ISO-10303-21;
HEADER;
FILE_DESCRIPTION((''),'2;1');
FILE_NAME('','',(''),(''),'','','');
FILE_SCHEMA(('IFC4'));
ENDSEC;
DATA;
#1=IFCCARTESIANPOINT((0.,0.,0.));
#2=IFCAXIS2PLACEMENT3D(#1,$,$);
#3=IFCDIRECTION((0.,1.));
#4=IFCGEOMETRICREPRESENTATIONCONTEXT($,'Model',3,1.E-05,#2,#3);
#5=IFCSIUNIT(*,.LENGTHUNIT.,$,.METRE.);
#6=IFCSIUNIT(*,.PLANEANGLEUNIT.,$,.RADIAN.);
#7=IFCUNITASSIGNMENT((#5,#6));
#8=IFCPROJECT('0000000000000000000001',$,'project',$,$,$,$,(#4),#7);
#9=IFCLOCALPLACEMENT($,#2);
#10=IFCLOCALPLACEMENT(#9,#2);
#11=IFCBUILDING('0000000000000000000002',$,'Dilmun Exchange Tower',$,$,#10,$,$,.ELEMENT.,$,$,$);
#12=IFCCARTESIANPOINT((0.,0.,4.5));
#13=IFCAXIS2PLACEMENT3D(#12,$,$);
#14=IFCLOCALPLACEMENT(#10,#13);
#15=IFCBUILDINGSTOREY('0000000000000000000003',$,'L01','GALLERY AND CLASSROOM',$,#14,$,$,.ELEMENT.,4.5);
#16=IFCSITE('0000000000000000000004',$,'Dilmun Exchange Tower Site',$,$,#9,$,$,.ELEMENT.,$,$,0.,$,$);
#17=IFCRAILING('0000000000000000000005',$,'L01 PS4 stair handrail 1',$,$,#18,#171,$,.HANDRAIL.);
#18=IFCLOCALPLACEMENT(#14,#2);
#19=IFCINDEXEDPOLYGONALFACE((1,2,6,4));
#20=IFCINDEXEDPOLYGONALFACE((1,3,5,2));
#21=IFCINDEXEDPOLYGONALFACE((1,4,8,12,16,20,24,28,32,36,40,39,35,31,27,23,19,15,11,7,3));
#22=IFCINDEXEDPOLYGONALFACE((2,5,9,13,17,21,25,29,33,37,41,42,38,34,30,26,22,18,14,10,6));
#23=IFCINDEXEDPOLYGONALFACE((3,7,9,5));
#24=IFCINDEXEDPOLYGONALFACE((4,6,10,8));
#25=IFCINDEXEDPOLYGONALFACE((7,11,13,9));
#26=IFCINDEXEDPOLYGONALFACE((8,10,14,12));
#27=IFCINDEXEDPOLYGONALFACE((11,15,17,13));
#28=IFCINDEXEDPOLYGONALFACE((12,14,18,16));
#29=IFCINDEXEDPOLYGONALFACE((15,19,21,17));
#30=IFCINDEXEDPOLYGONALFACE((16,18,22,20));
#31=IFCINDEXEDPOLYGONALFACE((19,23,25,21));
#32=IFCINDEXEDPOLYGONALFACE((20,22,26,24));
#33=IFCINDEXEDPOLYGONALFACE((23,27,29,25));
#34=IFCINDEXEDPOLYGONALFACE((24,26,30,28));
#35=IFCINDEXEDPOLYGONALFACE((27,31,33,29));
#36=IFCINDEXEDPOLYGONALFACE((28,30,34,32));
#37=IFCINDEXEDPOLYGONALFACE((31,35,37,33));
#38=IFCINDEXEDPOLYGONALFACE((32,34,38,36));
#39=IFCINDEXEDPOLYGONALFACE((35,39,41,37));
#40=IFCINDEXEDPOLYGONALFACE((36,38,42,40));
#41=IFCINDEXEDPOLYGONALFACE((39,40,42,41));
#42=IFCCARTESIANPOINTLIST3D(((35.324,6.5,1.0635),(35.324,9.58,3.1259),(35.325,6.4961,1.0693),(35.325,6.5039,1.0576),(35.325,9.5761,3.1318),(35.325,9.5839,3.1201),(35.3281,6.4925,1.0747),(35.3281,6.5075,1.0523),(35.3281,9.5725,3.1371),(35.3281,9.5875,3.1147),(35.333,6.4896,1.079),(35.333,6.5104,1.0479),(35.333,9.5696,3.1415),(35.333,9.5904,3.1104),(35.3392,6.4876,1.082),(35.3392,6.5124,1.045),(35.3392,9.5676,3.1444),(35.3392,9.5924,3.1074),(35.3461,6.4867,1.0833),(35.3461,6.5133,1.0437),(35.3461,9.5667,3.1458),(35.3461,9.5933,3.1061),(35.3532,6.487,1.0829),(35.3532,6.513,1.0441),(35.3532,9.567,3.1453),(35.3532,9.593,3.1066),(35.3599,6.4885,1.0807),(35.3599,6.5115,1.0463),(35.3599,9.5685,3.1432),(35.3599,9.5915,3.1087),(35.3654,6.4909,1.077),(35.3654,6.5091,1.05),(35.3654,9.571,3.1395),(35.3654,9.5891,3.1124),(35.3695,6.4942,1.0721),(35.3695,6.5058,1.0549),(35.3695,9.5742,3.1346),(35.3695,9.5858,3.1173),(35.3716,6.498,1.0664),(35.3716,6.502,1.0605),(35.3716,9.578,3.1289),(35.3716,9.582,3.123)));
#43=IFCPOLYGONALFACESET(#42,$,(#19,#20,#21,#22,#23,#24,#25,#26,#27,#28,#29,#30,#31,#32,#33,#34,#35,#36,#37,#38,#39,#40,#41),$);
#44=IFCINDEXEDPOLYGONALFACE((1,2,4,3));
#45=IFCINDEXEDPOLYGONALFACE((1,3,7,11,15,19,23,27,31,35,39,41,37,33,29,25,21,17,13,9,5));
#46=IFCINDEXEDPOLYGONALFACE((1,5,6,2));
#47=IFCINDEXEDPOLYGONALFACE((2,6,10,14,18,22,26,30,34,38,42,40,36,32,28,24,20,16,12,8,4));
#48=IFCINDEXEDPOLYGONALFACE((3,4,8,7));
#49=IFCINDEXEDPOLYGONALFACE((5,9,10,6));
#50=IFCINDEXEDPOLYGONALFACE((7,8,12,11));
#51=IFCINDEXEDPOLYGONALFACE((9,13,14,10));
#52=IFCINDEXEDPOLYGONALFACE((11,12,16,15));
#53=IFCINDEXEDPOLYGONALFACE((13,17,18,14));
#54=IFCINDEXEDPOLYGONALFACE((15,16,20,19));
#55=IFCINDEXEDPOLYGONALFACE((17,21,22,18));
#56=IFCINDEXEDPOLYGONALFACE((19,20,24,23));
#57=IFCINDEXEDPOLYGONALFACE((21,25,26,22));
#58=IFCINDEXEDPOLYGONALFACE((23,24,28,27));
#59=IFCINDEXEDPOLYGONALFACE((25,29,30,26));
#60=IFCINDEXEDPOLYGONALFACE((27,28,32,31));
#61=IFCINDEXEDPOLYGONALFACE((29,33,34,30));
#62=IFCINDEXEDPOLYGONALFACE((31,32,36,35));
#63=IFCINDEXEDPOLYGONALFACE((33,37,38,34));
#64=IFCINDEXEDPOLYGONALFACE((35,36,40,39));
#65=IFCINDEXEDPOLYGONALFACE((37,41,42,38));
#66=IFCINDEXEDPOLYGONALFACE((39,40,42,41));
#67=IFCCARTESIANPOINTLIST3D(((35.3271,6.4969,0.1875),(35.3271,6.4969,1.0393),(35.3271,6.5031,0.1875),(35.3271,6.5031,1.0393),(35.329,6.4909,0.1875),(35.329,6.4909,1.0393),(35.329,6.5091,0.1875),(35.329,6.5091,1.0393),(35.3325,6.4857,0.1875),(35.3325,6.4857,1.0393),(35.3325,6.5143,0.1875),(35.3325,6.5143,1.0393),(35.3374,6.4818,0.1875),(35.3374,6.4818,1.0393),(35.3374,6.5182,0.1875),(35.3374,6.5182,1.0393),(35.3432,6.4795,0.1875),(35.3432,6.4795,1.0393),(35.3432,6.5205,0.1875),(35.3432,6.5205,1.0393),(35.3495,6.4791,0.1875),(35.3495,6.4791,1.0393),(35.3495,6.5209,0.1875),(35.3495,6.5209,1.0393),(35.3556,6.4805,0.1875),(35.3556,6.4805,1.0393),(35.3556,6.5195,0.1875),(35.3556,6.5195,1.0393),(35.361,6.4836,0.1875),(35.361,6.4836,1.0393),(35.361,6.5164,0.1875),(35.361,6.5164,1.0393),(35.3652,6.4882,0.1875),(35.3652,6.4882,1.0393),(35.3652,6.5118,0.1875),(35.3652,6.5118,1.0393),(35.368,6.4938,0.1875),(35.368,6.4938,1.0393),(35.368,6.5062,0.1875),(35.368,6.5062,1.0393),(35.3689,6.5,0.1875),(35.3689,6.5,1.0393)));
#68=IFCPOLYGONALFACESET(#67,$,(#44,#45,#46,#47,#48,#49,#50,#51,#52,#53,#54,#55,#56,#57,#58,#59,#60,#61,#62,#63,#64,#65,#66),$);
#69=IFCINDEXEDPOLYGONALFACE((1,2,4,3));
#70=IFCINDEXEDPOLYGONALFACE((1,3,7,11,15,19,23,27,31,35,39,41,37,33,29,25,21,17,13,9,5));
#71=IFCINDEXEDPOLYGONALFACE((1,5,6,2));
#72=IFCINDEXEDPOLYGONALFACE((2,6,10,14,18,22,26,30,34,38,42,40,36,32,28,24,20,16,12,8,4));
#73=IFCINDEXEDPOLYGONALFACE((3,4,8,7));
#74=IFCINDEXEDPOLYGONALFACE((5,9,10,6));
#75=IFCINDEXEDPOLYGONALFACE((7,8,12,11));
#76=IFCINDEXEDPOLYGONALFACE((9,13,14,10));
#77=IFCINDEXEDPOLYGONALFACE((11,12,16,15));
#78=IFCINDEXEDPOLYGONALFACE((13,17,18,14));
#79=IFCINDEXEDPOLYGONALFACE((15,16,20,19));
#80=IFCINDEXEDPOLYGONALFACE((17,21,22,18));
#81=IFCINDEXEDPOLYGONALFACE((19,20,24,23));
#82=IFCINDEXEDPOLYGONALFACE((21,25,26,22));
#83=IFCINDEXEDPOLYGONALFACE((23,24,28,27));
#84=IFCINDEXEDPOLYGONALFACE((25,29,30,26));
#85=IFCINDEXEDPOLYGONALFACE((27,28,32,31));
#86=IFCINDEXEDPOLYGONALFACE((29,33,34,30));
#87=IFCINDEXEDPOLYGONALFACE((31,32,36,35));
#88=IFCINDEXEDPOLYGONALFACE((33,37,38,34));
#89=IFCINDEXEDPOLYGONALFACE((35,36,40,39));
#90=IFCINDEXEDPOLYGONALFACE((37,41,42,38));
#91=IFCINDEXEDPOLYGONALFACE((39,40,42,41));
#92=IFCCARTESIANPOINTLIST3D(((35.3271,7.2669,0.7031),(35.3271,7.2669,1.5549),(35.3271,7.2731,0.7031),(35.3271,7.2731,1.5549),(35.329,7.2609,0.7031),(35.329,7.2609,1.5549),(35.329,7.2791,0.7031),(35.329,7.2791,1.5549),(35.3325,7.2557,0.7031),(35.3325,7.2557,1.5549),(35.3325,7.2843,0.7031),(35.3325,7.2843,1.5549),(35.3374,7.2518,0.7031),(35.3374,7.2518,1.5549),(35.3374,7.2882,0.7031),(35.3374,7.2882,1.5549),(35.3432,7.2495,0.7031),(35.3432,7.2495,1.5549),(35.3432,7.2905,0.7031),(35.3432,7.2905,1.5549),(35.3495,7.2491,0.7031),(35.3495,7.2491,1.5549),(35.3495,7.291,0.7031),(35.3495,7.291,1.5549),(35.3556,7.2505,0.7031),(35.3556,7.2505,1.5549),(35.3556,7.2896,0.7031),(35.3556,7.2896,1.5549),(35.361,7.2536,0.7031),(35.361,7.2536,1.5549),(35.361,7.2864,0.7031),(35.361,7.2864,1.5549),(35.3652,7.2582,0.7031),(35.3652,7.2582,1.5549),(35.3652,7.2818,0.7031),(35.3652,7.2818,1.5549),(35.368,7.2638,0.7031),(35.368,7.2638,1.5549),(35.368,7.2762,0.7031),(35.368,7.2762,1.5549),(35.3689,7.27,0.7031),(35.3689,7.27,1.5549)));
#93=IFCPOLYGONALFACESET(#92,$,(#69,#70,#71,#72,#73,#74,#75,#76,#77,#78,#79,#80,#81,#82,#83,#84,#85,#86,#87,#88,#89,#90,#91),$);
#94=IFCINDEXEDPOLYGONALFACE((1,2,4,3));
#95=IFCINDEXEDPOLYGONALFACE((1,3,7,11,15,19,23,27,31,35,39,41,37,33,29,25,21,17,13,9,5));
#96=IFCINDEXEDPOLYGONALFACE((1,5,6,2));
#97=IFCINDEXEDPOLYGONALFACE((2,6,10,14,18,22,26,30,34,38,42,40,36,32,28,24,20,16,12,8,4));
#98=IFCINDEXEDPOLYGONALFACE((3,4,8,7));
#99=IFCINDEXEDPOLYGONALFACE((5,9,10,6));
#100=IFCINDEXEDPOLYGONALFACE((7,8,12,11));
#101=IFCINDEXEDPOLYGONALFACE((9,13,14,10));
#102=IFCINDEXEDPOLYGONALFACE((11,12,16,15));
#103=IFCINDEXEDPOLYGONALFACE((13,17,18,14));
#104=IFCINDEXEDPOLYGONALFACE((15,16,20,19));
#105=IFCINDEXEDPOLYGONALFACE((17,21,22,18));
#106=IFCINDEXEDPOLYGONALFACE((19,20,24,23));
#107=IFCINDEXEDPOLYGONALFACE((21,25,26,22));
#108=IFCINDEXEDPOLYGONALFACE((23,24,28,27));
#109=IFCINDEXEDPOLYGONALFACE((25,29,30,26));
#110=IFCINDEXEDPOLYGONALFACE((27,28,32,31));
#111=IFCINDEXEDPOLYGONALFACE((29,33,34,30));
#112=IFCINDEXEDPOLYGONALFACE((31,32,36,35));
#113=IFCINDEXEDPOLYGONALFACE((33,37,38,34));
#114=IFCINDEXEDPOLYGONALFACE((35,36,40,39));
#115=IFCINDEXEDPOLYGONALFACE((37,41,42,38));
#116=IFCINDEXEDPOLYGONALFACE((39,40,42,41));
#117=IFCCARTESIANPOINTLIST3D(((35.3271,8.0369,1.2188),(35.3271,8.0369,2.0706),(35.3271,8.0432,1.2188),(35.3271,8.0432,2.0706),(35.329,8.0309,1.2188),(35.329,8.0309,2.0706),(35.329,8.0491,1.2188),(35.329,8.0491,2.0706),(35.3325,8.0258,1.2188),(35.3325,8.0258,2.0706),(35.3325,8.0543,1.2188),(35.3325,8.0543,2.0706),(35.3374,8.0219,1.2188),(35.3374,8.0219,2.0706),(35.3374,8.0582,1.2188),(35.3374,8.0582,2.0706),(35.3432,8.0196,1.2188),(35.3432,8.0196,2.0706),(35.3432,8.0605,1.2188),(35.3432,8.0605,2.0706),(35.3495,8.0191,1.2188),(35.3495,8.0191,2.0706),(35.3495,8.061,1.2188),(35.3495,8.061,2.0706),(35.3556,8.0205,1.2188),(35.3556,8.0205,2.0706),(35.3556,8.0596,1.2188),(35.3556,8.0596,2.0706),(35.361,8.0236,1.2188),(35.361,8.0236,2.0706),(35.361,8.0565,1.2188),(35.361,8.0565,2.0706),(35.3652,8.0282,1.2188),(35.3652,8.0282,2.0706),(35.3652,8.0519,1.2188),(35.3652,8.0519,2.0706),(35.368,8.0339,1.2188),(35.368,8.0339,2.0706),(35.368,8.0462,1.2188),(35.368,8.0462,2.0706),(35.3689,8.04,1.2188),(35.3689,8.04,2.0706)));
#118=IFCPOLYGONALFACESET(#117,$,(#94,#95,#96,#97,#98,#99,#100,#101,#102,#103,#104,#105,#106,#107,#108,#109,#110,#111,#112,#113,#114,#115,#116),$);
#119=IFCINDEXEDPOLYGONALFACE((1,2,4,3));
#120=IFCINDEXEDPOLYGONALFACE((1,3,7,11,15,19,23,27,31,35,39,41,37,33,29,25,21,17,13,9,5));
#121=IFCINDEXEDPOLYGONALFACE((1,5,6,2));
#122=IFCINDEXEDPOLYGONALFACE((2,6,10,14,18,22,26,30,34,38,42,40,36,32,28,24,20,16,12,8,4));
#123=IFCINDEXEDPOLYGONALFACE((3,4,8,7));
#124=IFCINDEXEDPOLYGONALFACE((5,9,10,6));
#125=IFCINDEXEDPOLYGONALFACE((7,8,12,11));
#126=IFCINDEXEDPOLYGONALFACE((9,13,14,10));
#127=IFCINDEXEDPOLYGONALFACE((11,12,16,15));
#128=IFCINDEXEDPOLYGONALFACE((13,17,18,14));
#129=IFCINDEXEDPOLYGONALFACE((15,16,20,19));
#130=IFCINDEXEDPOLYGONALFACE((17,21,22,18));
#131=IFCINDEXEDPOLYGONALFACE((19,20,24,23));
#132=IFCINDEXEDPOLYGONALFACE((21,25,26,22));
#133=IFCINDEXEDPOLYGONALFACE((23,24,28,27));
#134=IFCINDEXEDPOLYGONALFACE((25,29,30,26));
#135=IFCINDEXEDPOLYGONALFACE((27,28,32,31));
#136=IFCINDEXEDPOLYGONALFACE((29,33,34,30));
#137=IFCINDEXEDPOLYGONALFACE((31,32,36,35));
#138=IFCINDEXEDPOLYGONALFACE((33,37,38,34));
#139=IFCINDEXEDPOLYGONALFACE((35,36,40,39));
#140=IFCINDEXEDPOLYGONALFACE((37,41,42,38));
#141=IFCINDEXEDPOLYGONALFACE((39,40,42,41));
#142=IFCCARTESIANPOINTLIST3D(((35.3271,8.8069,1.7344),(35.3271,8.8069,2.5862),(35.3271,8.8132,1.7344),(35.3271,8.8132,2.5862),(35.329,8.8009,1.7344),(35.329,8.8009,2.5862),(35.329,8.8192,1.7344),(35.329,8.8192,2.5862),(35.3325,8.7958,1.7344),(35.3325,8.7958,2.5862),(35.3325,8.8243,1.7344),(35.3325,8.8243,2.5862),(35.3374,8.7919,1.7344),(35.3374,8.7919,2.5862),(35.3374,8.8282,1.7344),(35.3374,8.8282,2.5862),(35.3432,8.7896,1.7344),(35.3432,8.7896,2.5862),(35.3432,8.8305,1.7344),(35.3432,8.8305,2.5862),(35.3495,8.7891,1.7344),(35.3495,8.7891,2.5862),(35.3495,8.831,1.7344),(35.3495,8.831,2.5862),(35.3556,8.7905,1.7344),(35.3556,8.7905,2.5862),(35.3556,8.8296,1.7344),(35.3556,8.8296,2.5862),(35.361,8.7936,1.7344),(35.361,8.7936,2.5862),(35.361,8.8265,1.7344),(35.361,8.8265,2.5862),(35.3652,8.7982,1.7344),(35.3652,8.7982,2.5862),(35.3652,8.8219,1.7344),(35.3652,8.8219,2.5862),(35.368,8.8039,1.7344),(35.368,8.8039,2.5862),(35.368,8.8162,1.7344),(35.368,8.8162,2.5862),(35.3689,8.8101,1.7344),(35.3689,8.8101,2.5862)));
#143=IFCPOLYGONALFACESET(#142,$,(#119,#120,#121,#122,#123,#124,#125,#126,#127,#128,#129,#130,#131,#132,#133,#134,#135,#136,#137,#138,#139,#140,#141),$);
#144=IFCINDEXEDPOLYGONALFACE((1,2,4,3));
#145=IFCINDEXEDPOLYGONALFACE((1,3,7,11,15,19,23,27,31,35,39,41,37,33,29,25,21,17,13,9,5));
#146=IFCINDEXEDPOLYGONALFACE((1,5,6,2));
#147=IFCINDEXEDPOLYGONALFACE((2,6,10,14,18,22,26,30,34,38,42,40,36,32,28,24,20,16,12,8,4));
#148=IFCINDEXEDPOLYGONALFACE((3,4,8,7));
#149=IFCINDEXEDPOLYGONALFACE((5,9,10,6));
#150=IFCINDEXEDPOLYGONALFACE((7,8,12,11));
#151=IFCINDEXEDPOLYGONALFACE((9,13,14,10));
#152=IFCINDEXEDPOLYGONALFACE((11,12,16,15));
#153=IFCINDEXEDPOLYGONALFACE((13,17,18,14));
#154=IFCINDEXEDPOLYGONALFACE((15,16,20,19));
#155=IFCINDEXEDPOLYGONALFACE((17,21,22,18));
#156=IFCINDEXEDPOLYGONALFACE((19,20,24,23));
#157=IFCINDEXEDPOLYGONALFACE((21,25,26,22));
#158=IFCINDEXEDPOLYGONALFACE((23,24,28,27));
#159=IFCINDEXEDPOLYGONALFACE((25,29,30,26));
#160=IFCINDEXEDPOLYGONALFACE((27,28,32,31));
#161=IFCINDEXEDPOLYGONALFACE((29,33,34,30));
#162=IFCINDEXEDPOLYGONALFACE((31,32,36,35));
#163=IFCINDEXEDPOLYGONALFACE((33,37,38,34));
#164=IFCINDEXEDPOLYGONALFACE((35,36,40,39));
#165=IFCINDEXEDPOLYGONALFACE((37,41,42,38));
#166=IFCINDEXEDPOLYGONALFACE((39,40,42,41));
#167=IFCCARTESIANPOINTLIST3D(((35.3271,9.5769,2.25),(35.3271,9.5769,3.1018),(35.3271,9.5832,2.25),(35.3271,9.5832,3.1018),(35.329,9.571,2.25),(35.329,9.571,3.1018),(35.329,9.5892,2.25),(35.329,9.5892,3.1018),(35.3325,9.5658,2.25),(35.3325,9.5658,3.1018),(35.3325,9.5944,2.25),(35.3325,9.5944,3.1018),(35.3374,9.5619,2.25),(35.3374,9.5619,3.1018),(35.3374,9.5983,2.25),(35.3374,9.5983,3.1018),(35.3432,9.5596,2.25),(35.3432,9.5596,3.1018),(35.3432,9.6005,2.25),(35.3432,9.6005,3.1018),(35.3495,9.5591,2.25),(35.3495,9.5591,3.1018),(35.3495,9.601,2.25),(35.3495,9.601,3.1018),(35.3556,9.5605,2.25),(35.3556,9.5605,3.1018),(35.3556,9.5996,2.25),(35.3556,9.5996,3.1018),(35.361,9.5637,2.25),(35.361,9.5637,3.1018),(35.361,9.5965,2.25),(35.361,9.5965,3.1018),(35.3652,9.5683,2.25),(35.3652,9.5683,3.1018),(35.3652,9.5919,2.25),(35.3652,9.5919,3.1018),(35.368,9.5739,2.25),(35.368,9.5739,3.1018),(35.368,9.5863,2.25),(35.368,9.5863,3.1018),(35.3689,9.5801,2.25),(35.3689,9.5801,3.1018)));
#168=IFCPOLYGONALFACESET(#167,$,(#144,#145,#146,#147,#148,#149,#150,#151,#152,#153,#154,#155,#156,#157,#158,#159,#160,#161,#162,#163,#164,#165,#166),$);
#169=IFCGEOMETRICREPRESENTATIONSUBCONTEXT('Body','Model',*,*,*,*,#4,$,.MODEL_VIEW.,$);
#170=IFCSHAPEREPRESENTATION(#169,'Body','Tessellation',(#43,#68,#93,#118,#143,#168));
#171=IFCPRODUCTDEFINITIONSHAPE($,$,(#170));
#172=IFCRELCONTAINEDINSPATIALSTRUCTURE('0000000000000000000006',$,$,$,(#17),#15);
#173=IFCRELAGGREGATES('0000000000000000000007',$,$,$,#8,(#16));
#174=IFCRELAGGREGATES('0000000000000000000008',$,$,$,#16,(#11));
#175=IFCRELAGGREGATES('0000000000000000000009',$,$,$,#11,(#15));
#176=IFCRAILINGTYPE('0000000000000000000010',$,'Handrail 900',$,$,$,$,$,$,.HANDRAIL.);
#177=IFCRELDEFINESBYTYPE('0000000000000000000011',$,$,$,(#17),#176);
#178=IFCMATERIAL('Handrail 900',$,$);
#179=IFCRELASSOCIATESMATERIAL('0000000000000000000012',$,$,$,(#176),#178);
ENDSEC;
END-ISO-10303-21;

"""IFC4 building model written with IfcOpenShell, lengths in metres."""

from ifc_helpers import new_model, si_unit, direction, frame, origin, origin_2d, place, context, subcontext, project, spatial, circle, extrude, material, type_object, element, save


model = new_model("IFC4")

# Units and contexts
model_context = context("Model", 3, precision=1e-05, world=origin(), true_north=direction((0.0, 1.0)))
body_context = subcontext(model_context, "Body", "Model", "MODEL_VIEW")
ifc_project = project(units=[si_unit("LENGTHUNIT", "METRE"), si_unit("PLANEANGLEUNIT", "RADIAN")], contexts=[model_context])

# Site, building, storey
site_placement = place(None, origin())
site = spatial("IfcSite", under=ifc_project, at=site_placement, Name="Dilmun Exchange Tower Site", CompositionType="ELEMENT", RefElevation=0.0)
building_placement = place(site_placement, origin())
building = spatial("IfcBuilding", under=site, at=building_placement, Name="Dilmun Exchange Tower", CompositionType="ELEMENT")
storey_placement = place(building_placement, frame((0.0, 0.0, 4.5)))
storey = spatial("IfcBuildingStorey", under=building, at=storey_placement, Name="L01", Description="GALLERY AND CLASSROOM", CompositionType="ELEMENT", Elevation=4.5)

# Railing
ifc_material_1 = material(Name="Handrail 900")
railing_type_1 = type_object("IfcRailingType", Name="Handrail 900", PredefinedType="HANDRAIL", material=ifc_material_1)
for number, where, name in (
    (1, (35.3479, 6.5, 0.1875), "L01 PS4 stair handrail 1"),
):
    element("IfcRailing", number, at=place(storey_placement, frame(where)), inside=storey, type_object=railing_type_1, Name=name, PredefinedType="HANDRAIL", context=body_context, shape_type="SweptSolid", body=[
        extrude(circle(Radius=0.0239, at=origin_2d()), frame((0.0, 0.0, 0.876), z_axis=(0.0, 0.830914, 0.556401), x_axis=(-1.0, 0.0, 0.0)), (0.0, 0.0, 1.0), 3.7068),
        extrude(circle(Radius=0.021, at=origin_2d()), origin(), (0.0, 0.0, 1.0), 0.8518),
        extrude(circle(Radius=0.021, at=origin_2d()), frame((0.0, 0.77, 0.5156)), (0.0, 0.0, 1.0), 0.8518),
        extrude(circle(Radius=0.021, at=origin_2d()), frame((0.0, 1.54, 1.0312)), (0.0, 0.0, 1.0), 0.8518),
        extrude(circle(Radius=0.021, at=origin_2d()), frame((0.0, 2.3101, 1.5469)), (0.0, 0.0, 1.0), 0.8518),
        extrude(circle(Radius=0.021, at=origin_2d()), frame((0.0, 3.0801, 2.0625)), (0.0, 0.0, 1.0), 0.8518),
    ])

save(model, "model.ifc")
